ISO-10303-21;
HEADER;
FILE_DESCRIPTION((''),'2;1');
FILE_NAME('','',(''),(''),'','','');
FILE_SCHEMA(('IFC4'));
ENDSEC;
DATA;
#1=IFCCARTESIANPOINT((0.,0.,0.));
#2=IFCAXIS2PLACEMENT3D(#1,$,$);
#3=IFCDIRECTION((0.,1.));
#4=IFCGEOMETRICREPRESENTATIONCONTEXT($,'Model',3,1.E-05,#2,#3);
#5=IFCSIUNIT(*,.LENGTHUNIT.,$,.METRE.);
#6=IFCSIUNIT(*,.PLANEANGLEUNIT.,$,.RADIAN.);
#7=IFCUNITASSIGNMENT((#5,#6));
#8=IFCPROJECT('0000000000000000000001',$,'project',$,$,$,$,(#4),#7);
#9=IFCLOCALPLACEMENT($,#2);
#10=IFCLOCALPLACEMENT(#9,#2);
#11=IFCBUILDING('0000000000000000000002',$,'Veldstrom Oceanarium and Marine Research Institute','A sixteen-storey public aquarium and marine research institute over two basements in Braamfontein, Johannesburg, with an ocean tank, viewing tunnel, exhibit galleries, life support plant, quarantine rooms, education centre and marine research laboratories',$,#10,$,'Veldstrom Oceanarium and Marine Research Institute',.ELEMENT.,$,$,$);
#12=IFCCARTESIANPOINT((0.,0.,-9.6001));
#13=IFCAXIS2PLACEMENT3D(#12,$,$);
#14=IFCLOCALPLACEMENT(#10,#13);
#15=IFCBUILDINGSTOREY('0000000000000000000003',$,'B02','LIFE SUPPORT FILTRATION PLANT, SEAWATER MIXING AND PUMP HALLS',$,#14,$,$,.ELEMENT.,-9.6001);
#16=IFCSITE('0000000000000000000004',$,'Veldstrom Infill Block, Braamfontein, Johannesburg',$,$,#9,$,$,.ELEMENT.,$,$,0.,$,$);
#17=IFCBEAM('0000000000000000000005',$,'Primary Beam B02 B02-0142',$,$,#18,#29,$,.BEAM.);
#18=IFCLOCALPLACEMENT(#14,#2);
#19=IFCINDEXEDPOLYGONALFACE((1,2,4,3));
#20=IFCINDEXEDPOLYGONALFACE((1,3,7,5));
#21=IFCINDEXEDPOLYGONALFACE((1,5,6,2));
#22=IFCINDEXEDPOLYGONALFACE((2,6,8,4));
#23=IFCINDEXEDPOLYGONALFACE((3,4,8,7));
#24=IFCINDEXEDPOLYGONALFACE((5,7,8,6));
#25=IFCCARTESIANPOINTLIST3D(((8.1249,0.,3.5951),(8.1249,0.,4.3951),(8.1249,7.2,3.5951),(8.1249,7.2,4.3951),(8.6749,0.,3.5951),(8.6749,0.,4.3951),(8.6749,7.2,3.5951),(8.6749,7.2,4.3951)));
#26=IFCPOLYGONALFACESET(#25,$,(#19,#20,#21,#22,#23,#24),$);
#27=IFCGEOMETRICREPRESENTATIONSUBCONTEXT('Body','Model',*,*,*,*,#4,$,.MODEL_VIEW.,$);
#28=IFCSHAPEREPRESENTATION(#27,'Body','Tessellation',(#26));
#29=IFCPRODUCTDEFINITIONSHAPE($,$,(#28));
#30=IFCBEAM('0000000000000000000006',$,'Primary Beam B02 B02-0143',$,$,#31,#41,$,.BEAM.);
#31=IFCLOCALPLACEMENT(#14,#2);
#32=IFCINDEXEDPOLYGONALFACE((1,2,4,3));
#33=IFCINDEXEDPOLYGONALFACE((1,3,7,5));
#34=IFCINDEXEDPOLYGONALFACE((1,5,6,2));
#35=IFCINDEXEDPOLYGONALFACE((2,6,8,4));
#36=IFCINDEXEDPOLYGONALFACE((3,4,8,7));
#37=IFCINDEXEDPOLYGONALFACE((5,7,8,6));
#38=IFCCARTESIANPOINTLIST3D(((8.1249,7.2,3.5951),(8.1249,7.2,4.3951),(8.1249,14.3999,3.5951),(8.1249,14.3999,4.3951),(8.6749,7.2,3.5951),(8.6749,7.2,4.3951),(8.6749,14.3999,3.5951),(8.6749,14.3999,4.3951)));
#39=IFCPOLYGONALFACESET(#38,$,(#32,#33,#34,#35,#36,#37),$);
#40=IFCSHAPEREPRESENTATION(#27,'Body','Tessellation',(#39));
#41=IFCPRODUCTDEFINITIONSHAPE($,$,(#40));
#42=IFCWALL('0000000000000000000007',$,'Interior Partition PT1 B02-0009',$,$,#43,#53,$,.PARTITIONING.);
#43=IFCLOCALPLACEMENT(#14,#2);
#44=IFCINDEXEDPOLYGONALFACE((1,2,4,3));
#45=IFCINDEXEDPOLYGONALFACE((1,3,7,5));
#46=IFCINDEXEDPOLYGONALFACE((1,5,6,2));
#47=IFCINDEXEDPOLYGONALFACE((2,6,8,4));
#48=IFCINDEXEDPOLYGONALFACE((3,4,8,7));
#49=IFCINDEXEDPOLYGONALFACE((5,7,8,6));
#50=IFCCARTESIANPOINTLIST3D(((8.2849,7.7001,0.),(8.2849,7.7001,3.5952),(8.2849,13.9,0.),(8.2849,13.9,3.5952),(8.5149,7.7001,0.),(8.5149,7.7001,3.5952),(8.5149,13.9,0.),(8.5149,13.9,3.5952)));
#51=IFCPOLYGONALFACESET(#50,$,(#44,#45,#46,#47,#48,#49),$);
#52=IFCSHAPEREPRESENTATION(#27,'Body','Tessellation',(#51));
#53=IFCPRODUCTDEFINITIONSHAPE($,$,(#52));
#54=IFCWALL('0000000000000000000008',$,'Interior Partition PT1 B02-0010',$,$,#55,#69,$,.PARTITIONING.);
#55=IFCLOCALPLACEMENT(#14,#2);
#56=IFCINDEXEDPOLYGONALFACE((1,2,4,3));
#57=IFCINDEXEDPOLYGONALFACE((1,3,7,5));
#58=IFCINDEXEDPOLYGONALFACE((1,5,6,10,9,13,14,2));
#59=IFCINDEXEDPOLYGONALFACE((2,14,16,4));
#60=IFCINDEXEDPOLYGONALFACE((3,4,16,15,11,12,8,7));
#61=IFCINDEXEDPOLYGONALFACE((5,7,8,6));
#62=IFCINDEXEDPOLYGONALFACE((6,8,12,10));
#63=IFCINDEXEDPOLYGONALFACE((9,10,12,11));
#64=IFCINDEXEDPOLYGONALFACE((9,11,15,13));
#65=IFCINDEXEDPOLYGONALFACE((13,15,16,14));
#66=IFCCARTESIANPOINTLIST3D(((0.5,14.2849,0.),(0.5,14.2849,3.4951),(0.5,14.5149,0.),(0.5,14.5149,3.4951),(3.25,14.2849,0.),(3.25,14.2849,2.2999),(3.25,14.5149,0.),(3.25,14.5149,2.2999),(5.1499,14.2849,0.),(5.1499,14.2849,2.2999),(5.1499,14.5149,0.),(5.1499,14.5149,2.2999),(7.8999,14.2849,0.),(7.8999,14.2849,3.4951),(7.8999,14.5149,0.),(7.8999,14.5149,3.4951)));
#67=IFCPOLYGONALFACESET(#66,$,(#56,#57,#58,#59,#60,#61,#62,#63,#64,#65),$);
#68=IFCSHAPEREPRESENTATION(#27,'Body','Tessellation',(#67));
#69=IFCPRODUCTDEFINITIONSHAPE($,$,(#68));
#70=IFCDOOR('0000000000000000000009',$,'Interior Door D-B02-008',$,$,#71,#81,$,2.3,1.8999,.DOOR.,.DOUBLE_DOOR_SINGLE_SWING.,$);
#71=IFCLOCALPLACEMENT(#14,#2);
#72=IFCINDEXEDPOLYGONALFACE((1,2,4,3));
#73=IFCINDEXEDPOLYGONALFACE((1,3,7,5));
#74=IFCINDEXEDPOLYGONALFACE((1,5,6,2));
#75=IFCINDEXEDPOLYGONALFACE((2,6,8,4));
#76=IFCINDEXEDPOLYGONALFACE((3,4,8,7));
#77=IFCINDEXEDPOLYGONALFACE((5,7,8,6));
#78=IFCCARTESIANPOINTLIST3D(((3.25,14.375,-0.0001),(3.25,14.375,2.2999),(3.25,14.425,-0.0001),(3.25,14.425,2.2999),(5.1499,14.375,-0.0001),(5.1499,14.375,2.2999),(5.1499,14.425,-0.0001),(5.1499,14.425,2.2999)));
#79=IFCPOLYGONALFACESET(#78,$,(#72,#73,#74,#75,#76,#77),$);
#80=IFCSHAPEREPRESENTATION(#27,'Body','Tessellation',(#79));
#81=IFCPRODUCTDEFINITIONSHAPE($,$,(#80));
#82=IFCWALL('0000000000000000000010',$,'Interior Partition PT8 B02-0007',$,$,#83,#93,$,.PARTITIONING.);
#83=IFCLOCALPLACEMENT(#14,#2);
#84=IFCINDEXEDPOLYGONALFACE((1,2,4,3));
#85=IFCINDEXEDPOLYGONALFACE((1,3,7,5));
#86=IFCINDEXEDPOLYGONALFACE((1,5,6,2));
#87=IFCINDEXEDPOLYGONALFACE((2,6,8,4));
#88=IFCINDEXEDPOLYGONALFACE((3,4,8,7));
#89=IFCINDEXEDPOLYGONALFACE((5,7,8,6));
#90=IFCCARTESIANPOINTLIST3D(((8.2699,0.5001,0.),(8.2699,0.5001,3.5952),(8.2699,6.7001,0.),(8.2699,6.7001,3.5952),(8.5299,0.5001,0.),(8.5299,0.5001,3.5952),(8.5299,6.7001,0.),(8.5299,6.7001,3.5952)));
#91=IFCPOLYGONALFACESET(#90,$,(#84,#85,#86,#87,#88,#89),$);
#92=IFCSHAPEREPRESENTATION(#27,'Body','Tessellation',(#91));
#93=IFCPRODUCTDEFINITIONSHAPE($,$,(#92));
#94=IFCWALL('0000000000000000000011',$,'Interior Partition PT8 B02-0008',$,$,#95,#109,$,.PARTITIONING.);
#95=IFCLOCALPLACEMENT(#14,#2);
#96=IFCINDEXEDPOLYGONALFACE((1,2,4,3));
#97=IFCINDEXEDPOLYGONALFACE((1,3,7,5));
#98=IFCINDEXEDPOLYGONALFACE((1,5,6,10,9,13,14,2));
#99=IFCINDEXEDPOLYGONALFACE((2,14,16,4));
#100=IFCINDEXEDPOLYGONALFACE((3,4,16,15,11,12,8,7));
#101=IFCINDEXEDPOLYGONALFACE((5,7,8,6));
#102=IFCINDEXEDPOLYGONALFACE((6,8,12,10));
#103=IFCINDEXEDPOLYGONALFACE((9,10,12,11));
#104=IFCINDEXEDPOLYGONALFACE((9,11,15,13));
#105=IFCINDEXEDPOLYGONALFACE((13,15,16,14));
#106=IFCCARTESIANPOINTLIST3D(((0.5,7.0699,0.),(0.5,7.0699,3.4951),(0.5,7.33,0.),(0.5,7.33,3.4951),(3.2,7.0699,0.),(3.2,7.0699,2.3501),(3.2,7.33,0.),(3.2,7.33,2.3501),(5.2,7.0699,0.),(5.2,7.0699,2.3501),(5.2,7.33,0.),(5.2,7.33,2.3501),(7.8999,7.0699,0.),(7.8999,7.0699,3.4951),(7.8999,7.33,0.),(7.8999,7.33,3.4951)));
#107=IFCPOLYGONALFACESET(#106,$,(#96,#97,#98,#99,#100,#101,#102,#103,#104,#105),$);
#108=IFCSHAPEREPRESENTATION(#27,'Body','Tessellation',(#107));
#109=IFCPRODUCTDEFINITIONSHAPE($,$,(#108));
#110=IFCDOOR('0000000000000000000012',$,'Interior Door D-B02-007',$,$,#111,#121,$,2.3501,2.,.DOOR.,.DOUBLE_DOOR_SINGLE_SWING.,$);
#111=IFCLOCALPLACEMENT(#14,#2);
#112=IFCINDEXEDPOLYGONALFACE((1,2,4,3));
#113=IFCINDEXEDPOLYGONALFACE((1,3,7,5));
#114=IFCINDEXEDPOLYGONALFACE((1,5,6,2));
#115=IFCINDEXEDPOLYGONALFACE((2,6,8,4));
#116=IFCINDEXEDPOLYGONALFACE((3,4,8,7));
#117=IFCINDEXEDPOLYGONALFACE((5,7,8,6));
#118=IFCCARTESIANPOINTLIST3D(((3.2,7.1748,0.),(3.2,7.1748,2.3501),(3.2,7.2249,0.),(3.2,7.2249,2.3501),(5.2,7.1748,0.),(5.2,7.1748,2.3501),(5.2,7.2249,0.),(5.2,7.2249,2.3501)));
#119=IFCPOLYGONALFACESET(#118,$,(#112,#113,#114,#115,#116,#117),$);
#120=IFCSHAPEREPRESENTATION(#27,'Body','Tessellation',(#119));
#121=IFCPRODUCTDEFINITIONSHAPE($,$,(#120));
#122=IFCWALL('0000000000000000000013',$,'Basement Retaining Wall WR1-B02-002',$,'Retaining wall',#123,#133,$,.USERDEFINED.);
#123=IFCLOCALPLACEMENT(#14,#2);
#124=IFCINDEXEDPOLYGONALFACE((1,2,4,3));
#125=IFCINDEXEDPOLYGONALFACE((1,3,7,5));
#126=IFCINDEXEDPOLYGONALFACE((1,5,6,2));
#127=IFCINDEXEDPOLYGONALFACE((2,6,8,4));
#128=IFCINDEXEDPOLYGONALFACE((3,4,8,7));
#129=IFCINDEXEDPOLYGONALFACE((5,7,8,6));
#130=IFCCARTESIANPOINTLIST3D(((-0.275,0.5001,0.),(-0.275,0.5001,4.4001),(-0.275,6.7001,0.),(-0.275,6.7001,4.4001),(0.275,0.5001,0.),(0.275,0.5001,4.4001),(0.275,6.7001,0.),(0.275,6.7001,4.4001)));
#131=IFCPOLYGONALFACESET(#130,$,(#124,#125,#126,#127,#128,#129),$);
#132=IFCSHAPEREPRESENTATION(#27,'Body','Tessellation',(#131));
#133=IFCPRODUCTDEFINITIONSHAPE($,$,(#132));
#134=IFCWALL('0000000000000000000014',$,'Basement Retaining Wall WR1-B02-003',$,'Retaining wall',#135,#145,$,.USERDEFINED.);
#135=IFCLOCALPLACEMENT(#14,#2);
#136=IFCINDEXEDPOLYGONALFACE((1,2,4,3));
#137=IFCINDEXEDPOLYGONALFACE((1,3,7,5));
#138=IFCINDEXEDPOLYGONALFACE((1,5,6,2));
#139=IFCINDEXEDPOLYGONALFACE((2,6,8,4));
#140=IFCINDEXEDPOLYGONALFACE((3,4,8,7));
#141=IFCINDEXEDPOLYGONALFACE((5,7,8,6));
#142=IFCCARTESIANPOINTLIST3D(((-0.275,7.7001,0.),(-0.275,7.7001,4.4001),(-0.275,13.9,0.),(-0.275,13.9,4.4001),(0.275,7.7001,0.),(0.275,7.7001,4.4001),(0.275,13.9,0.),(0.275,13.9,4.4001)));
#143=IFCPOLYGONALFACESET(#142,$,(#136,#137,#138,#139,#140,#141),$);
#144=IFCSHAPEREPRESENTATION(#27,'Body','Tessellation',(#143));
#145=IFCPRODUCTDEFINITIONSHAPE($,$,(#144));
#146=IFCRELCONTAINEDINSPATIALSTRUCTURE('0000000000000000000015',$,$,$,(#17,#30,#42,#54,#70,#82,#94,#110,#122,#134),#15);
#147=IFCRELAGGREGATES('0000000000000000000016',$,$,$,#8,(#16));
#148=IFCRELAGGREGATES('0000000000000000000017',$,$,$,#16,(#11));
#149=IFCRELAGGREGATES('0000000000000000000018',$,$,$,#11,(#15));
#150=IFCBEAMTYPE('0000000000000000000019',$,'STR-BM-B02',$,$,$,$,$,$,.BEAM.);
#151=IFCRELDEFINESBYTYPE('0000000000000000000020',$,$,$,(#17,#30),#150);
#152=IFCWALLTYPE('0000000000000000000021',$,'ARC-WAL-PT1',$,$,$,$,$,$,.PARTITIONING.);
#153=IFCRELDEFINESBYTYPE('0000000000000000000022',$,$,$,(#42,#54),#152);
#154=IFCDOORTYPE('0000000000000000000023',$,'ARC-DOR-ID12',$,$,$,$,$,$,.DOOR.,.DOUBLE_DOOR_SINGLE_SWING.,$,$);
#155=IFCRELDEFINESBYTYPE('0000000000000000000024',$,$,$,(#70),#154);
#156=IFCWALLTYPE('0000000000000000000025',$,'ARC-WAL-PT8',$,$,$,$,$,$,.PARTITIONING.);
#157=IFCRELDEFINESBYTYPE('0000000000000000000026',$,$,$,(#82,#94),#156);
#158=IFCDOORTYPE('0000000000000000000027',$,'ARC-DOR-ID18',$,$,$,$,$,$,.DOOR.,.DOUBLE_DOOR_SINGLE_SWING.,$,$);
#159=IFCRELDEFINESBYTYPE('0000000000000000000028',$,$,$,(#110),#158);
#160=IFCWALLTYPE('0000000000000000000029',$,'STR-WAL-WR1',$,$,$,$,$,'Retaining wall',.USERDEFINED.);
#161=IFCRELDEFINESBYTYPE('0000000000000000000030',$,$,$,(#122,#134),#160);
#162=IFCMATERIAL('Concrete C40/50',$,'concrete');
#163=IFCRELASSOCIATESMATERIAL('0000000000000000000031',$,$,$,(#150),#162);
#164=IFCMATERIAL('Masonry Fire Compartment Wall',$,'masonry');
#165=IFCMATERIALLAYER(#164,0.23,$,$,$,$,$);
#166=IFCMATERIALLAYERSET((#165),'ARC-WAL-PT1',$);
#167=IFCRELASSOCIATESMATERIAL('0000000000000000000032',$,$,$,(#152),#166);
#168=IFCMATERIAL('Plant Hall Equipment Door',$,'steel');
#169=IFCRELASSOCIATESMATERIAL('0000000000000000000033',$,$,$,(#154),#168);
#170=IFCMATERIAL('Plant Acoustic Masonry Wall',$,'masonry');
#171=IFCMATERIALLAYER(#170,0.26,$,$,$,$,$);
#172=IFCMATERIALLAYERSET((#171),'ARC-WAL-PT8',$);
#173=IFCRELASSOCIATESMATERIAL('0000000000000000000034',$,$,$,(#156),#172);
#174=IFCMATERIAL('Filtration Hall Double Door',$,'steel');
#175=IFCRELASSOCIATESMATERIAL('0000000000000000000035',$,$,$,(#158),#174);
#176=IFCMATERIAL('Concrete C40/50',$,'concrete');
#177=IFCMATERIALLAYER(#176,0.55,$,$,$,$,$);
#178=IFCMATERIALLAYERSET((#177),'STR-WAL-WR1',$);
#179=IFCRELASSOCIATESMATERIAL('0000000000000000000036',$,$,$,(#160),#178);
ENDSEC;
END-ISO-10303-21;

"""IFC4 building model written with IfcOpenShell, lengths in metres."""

from ifc_helpers import new_model, si_unit, direction, frame, frame_2d, origin, origin_2d, place, context, subcontext, project, spatial, rectangle, extrude, material, layer, layer_set, material_profile, profile_set, type_object, element, fill, save


model = new_model("IFC4")

# Units and contexts
model_context = context("Model", 3, precision=1e-05, world=origin(), true_north=direction((0.0, 1.0)))
body_context = subcontext(model_context, "Body", "Model", "MODEL_VIEW")
ifc_project = project(units=[si_unit("LENGTHUNIT", "METRE"), si_unit("PLANEANGLEUNIT", "RADIAN")], contexts=[model_context])

# Site, building, storey
site_placement = place(None, origin())
site = spatial("IfcSite", under=ifc_project, at=site_placement, Name="Veldstrom Infill Block, Braamfontein, Johannesburg", CompositionType="ELEMENT", RefElevation=0.0)
building_placement = place(site_placement, origin())
building = spatial("IfcBuilding", under=site, at=building_placement, Name="Veldstrom Oceanarium and Marine Research Institute", Description="A sixteen-storey public aquarium and marine research institute over two basements in Braamfontein, Johannesburg, with an ocean tank, viewing tunnel, exhibit galleries, life support plant, quarantine rooms, education centre and marine research laboratories", LongName="Veldstrom Oceanarium and Marine Research Institute", CompositionType="ELEMENT")
storey_placement = place(building_placement, frame((0.0, 0.0, -9.6001)))
storey = spatial("IfcBuildingStorey", under=building, at=storey_placement, Name="B02", Description="LIFE SUPPORT FILTRATION PLANT, SEAWATER MIXING AND PUMP HALLS", CompositionType="ELEMENT", Elevation=-9.6001)

# Beams
ifc_material_1 = material(Name="Concrete C40/50", Category="concrete")
ifc_material_profile_1 = material_profile(ifc_material_1, rectangle(XDim=0.55, YDim=0.8, at=origin_2d()), Name="RC-BM-550x800")
ifc_profile_set_1 = profile_set([ifc_material_profile_1], Name="Concrete C40/50")
beam_type_1 = type_object("IfcBeamType", Name="STR-BM-B02", PredefinedType="BEAM", material=ifc_profile_set_1)
for number, where, z_axis, x_axis, name in (
    (1, (8.3999, 0.0, 3.9951), (0.0, 1.0, 0.0), (-1.0, 0.0, 0.0), "Primary Beam B02 B02-0142"),
    (2, (8.3999, 7.2, 3.9951), (0.0, 1.0, 0.0), (-1.0, 0.0, 0.0), "Primary Beam B02 B02-0143"),
):
    element("IfcBeam", number, at=place(storey_placement, frame(where, z_axis=z_axis, x_axis=x_axis)), inside=storey, type_object=beam_type_1, Name=name, PredefinedType="BEAM", context=body_context, shape_type="SweptSolid", body=[
        extrude(rectangle(XDim=0.55, YDim=0.8, at=origin_2d()), origin(), (0.0, 0.0, 1.0), 7.2),
    ])

# Wall
ifc_material_2 = material(Name="Masonry Fire Compartment Wall", Category="masonry")
ifc_layer_1 = layer(ifc_material_2, 0.23)
ifc_layer_set_1 = layer_set([ifc_layer_1], Name="ARC-WAL-PT1")
wall_type_1 = type_object("IfcWallType", Name="ARC-WAL-PT1", PredefinedType="PARTITIONING", material=ifc_layer_set_1)
wall_1_placement = place(storey_placement, frame((8.3999, 7.7, 0.0), z_axis=(0.0, 0.0, 1.0), x_axis=(0.0, 1.0, 0.0)))
element("IfcWall", 3, at=wall_1_placement, inside=storey, type_object=wall_type_1, Name="Interior Partition PT1 B02-0009", PredefinedType="PARTITIONING", context=body_context, shape_type="SweptSolid", body=[
    extrude(rectangle(XDim=6.2, YDim=0.23, at=frame_2d((3.1001, 0.0))), origin(), (0.0, 0.0, 1.0), 3.5952),
])

# Wall, opening, door
wall_2_placement = place(storey_placement, frame((0.5, 14.3999, 0.0), z_axis=(0.0, 0.0, 1.0), x_axis=(1.0, 0.0, 0.0)))
wall_2 = element("IfcWall", 4, at=wall_2_placement, inside=storey, type_object=wall_type_1, Name="Interior Partition PT1 B02-0010", PredefinedType="PARTITIONING", context=body_context, shape_type="SweptSolid", body=[
    extrude(rectangle(XDim=7.3999, YDim=0.23, at=frame_2d((3.7, 0.0))), origin(), (0.0, 0.0, 1.0), 3.4951),
])
opening_1_placement = place(wall_2_placement, frame((2.75, 0.0, 0.0)))
opening_1 = element("IfcOpeningElement", 5, at=opening_1_placement, cuts=wall_2, PredefinedType="OPENING", context=body_context, shape_type="SweptSolid", body=[
    extrude(rectangle(XDim=1.8999, YDim=2.3, at=frame_2d((0.95, 1.1499))), frame((0.0, 0.125, 0.0), z_axis=(0.0, -1.0, 0.0), x_axis=(1.0, 0.0, 0.0)), (0.0, 0.0, 1.0), 0.25),
])
ifc_material_3 = material(Name="Plant Hall Equipment Door", Category="steel")
door_type_1 = type_object("IfcDoorType", Name="ARC-DOR-ID12", OperationType="DOUBLE_DOOR_SINGLE_SWING", PredefinedType="DOOR", material=ifc_material_3)
door_1_placement = place(opening_1_placement, frame((1.8999, 0.0, 0.0), z_axis=(0.0, 0.0, 1.0), x_axis=(-1.0, 0.0, 0.0)))
door_1 = element("IfcDoor", 6, at=door_1_placement, inside=storey, type_object=door_type_1, Name="Interior Door D-B02-008", OperationType="DOUBLE_DOOR_SINGLE_SWING", OverallHeight=2.3, OverallWidth=1.8999, PredefinedType="DOOR", context=body_context, shape_type="SweptSolid", body=[
    extrude(rectangle(XDim=1.8999, YDim=2.3, at=frame_2d((0.95, 1.1499))), frame((0.0, 0.0249, 0.0), z_axis=(0.0, -1.0, 0.0), x_axis=(1.0, 0.0, 0.0)), (0.0, 0.0, 1.0), 0.05),
])
fill(opening_1, door_1)

# Wall
ifc_material_4 = material(Name="Plant Acoustic Masonry Wall", Category="masonry")
ifc_layer_2 = layer(ifc_material_4, 0.26)
ifc_layer_set_2 = layer_set([ifc_layer_2], Name="ARC-WAL-PT8")
wall_type_2 = type_object("IfcWallType", Name="ARC-WAL-PT8", PredefinedType="PARTITIONING", material=ifc_layer_set_2)
wall_3_placement = place(storey_placement, frame((8.3999, 0.5, 0.0), z_axis=(0.0, 0.0, 1.0), x_axis=(0.0, 1.0, 0.0)))
element("IfcWall", 7, at=wall_3_placement, inside=storey, type_object=wall_type_2, Name="Interior Partition PT8 B02-0007", PredefinedType="PARTITIONING", context=body_context, shape_type="SweptSolid", body=[
    extrude(rectangle(XDim=6.2, YDim=0.26, at=frame_2d((3.1001, 0.0))), origin(), (0.0, 0.0, 1.0), 3.5952),
])

# Wall, opening, door
wall_4_placement = place(storey_placement, frame((0.5, 7.2, 0.0), z_axis=(0.0, 0.0, 1.0), x_axis=(1.0, 0.0, 0.0)))
wall_4 = element("IfcWall", 8, at=wall_4_placement, inside=storey, type_object=wall_type_2, Name="Interior Partition PT8 B02-0008", PredefinedType="PARTITIONING", context=body_context, shape_type="SweptSolid", body=[
    extrude(rectangle(XDim=7.3999, YDim=0.26, at=frame_2d((3.7, 0.0))), origin(), (0.0, 0.0, 1.0), 3.4951),
])
opening_2_placement = place(wall_4_placement, frame((2.7, 0.0, 0.0)))
opening_2 = element("IfcOpeningElement", 9, at=opening_2_placement, cuts=wall_4, PredefinedType="OPENING", context=body_context, shape_type="SweptSolid", body=[
    extrude(rectangle(XDim=2.0, YDim=2.3501, at=frame_2d((1.0, 1.175))), frame((0.0, 0.1399, 0.0), z_axis=(0.0, -1.0, 0.0), x_axis=(1.0, 0.0, 0.0)), (0.0, 0.0, 1.0), 0.28),
])
ifc_material_5 = material(Name="Filtration Hall Double Door", Category="steel")
door_type_2 = type_object("IfcDoorType", Name="ARC-DOR-ID18", OperationType="DOUBLE_DOOR_SINGLE_SWING", PredefinedType="DOOR", material=ifc_material_5)
door_2_placement = place(opening_2_placement, origin())
door_2 = element("IfcDoor", 10, at=door_2_placement, inside=storey, type_object=door_type_2, Name="Interior Door D-B02-007", OperationType="DOUBLE_DOOR_SINGLE_SWING", OverallHeight=2.3501, OverallWidth=2.0, PredefinedType="DOOR", context=body_context, shape_type="SweptSolid", body=[
    extrude(rectangle(XDim=2.0, YDim=2.3501, at=frame_2d((1.0, 1.175))), frame((0.0, 0.0249, 0.0), z_axis=(0.0, -1.0, 0.0), x_axis=(1.0, 0.0, 0.0)), (0.0, 0.0, 1.0), 0.05),
])
fill(opening_2, door_2)

# Walls
ifc_material_6 = material(Name="Concrete C40/50", Category="concrete")
ifc_layer_3 = layer(ifc_material_6, 0.55)
ifc_layer_set_3 = layer_set([ifc_layer_3], Name="STR-WAL-WR1")
wall_type_3 = type_object("IfcWallType", Name="STR-WAL-WR1", ElementType="Retaining wall", PredefinedType="USERDEFINED", material=ifc_layer_set_3)
for number, where, z_axis, x_axis, name in (
    (11, (0.0, 0.5, 0.0), (0.0, 0.0, 1.0), (0.0, 1.0, 0.0), "Basement Retaining Wall WR1-B02-002"),
    (12, (0.0, 7.7, 0.0), (0.0, 0.0, 1.0), (0.0, 1.0, 0.0), "Basement Retaining Wall WR1-B02-003"),
):
    element("IfcWall", number, at=place(storey_placement, frame(where, z_axis=z_axis, x_axis=x_axis)), inside=storey, type_object=wall_type_3, Name=name, ObjectType="Retaining wall", PredefinedType="USERDEFINED", context=body_context, shape_type="SweptSolid", body=[
        extrude(rectangle(XDim=6.2, YDim=0.55, at=frame_2d((3.1001, 0.0))), origin(), (0.0, 0.0, 1.0), 4.4001),
    ])

save(model, "model.ifc")
